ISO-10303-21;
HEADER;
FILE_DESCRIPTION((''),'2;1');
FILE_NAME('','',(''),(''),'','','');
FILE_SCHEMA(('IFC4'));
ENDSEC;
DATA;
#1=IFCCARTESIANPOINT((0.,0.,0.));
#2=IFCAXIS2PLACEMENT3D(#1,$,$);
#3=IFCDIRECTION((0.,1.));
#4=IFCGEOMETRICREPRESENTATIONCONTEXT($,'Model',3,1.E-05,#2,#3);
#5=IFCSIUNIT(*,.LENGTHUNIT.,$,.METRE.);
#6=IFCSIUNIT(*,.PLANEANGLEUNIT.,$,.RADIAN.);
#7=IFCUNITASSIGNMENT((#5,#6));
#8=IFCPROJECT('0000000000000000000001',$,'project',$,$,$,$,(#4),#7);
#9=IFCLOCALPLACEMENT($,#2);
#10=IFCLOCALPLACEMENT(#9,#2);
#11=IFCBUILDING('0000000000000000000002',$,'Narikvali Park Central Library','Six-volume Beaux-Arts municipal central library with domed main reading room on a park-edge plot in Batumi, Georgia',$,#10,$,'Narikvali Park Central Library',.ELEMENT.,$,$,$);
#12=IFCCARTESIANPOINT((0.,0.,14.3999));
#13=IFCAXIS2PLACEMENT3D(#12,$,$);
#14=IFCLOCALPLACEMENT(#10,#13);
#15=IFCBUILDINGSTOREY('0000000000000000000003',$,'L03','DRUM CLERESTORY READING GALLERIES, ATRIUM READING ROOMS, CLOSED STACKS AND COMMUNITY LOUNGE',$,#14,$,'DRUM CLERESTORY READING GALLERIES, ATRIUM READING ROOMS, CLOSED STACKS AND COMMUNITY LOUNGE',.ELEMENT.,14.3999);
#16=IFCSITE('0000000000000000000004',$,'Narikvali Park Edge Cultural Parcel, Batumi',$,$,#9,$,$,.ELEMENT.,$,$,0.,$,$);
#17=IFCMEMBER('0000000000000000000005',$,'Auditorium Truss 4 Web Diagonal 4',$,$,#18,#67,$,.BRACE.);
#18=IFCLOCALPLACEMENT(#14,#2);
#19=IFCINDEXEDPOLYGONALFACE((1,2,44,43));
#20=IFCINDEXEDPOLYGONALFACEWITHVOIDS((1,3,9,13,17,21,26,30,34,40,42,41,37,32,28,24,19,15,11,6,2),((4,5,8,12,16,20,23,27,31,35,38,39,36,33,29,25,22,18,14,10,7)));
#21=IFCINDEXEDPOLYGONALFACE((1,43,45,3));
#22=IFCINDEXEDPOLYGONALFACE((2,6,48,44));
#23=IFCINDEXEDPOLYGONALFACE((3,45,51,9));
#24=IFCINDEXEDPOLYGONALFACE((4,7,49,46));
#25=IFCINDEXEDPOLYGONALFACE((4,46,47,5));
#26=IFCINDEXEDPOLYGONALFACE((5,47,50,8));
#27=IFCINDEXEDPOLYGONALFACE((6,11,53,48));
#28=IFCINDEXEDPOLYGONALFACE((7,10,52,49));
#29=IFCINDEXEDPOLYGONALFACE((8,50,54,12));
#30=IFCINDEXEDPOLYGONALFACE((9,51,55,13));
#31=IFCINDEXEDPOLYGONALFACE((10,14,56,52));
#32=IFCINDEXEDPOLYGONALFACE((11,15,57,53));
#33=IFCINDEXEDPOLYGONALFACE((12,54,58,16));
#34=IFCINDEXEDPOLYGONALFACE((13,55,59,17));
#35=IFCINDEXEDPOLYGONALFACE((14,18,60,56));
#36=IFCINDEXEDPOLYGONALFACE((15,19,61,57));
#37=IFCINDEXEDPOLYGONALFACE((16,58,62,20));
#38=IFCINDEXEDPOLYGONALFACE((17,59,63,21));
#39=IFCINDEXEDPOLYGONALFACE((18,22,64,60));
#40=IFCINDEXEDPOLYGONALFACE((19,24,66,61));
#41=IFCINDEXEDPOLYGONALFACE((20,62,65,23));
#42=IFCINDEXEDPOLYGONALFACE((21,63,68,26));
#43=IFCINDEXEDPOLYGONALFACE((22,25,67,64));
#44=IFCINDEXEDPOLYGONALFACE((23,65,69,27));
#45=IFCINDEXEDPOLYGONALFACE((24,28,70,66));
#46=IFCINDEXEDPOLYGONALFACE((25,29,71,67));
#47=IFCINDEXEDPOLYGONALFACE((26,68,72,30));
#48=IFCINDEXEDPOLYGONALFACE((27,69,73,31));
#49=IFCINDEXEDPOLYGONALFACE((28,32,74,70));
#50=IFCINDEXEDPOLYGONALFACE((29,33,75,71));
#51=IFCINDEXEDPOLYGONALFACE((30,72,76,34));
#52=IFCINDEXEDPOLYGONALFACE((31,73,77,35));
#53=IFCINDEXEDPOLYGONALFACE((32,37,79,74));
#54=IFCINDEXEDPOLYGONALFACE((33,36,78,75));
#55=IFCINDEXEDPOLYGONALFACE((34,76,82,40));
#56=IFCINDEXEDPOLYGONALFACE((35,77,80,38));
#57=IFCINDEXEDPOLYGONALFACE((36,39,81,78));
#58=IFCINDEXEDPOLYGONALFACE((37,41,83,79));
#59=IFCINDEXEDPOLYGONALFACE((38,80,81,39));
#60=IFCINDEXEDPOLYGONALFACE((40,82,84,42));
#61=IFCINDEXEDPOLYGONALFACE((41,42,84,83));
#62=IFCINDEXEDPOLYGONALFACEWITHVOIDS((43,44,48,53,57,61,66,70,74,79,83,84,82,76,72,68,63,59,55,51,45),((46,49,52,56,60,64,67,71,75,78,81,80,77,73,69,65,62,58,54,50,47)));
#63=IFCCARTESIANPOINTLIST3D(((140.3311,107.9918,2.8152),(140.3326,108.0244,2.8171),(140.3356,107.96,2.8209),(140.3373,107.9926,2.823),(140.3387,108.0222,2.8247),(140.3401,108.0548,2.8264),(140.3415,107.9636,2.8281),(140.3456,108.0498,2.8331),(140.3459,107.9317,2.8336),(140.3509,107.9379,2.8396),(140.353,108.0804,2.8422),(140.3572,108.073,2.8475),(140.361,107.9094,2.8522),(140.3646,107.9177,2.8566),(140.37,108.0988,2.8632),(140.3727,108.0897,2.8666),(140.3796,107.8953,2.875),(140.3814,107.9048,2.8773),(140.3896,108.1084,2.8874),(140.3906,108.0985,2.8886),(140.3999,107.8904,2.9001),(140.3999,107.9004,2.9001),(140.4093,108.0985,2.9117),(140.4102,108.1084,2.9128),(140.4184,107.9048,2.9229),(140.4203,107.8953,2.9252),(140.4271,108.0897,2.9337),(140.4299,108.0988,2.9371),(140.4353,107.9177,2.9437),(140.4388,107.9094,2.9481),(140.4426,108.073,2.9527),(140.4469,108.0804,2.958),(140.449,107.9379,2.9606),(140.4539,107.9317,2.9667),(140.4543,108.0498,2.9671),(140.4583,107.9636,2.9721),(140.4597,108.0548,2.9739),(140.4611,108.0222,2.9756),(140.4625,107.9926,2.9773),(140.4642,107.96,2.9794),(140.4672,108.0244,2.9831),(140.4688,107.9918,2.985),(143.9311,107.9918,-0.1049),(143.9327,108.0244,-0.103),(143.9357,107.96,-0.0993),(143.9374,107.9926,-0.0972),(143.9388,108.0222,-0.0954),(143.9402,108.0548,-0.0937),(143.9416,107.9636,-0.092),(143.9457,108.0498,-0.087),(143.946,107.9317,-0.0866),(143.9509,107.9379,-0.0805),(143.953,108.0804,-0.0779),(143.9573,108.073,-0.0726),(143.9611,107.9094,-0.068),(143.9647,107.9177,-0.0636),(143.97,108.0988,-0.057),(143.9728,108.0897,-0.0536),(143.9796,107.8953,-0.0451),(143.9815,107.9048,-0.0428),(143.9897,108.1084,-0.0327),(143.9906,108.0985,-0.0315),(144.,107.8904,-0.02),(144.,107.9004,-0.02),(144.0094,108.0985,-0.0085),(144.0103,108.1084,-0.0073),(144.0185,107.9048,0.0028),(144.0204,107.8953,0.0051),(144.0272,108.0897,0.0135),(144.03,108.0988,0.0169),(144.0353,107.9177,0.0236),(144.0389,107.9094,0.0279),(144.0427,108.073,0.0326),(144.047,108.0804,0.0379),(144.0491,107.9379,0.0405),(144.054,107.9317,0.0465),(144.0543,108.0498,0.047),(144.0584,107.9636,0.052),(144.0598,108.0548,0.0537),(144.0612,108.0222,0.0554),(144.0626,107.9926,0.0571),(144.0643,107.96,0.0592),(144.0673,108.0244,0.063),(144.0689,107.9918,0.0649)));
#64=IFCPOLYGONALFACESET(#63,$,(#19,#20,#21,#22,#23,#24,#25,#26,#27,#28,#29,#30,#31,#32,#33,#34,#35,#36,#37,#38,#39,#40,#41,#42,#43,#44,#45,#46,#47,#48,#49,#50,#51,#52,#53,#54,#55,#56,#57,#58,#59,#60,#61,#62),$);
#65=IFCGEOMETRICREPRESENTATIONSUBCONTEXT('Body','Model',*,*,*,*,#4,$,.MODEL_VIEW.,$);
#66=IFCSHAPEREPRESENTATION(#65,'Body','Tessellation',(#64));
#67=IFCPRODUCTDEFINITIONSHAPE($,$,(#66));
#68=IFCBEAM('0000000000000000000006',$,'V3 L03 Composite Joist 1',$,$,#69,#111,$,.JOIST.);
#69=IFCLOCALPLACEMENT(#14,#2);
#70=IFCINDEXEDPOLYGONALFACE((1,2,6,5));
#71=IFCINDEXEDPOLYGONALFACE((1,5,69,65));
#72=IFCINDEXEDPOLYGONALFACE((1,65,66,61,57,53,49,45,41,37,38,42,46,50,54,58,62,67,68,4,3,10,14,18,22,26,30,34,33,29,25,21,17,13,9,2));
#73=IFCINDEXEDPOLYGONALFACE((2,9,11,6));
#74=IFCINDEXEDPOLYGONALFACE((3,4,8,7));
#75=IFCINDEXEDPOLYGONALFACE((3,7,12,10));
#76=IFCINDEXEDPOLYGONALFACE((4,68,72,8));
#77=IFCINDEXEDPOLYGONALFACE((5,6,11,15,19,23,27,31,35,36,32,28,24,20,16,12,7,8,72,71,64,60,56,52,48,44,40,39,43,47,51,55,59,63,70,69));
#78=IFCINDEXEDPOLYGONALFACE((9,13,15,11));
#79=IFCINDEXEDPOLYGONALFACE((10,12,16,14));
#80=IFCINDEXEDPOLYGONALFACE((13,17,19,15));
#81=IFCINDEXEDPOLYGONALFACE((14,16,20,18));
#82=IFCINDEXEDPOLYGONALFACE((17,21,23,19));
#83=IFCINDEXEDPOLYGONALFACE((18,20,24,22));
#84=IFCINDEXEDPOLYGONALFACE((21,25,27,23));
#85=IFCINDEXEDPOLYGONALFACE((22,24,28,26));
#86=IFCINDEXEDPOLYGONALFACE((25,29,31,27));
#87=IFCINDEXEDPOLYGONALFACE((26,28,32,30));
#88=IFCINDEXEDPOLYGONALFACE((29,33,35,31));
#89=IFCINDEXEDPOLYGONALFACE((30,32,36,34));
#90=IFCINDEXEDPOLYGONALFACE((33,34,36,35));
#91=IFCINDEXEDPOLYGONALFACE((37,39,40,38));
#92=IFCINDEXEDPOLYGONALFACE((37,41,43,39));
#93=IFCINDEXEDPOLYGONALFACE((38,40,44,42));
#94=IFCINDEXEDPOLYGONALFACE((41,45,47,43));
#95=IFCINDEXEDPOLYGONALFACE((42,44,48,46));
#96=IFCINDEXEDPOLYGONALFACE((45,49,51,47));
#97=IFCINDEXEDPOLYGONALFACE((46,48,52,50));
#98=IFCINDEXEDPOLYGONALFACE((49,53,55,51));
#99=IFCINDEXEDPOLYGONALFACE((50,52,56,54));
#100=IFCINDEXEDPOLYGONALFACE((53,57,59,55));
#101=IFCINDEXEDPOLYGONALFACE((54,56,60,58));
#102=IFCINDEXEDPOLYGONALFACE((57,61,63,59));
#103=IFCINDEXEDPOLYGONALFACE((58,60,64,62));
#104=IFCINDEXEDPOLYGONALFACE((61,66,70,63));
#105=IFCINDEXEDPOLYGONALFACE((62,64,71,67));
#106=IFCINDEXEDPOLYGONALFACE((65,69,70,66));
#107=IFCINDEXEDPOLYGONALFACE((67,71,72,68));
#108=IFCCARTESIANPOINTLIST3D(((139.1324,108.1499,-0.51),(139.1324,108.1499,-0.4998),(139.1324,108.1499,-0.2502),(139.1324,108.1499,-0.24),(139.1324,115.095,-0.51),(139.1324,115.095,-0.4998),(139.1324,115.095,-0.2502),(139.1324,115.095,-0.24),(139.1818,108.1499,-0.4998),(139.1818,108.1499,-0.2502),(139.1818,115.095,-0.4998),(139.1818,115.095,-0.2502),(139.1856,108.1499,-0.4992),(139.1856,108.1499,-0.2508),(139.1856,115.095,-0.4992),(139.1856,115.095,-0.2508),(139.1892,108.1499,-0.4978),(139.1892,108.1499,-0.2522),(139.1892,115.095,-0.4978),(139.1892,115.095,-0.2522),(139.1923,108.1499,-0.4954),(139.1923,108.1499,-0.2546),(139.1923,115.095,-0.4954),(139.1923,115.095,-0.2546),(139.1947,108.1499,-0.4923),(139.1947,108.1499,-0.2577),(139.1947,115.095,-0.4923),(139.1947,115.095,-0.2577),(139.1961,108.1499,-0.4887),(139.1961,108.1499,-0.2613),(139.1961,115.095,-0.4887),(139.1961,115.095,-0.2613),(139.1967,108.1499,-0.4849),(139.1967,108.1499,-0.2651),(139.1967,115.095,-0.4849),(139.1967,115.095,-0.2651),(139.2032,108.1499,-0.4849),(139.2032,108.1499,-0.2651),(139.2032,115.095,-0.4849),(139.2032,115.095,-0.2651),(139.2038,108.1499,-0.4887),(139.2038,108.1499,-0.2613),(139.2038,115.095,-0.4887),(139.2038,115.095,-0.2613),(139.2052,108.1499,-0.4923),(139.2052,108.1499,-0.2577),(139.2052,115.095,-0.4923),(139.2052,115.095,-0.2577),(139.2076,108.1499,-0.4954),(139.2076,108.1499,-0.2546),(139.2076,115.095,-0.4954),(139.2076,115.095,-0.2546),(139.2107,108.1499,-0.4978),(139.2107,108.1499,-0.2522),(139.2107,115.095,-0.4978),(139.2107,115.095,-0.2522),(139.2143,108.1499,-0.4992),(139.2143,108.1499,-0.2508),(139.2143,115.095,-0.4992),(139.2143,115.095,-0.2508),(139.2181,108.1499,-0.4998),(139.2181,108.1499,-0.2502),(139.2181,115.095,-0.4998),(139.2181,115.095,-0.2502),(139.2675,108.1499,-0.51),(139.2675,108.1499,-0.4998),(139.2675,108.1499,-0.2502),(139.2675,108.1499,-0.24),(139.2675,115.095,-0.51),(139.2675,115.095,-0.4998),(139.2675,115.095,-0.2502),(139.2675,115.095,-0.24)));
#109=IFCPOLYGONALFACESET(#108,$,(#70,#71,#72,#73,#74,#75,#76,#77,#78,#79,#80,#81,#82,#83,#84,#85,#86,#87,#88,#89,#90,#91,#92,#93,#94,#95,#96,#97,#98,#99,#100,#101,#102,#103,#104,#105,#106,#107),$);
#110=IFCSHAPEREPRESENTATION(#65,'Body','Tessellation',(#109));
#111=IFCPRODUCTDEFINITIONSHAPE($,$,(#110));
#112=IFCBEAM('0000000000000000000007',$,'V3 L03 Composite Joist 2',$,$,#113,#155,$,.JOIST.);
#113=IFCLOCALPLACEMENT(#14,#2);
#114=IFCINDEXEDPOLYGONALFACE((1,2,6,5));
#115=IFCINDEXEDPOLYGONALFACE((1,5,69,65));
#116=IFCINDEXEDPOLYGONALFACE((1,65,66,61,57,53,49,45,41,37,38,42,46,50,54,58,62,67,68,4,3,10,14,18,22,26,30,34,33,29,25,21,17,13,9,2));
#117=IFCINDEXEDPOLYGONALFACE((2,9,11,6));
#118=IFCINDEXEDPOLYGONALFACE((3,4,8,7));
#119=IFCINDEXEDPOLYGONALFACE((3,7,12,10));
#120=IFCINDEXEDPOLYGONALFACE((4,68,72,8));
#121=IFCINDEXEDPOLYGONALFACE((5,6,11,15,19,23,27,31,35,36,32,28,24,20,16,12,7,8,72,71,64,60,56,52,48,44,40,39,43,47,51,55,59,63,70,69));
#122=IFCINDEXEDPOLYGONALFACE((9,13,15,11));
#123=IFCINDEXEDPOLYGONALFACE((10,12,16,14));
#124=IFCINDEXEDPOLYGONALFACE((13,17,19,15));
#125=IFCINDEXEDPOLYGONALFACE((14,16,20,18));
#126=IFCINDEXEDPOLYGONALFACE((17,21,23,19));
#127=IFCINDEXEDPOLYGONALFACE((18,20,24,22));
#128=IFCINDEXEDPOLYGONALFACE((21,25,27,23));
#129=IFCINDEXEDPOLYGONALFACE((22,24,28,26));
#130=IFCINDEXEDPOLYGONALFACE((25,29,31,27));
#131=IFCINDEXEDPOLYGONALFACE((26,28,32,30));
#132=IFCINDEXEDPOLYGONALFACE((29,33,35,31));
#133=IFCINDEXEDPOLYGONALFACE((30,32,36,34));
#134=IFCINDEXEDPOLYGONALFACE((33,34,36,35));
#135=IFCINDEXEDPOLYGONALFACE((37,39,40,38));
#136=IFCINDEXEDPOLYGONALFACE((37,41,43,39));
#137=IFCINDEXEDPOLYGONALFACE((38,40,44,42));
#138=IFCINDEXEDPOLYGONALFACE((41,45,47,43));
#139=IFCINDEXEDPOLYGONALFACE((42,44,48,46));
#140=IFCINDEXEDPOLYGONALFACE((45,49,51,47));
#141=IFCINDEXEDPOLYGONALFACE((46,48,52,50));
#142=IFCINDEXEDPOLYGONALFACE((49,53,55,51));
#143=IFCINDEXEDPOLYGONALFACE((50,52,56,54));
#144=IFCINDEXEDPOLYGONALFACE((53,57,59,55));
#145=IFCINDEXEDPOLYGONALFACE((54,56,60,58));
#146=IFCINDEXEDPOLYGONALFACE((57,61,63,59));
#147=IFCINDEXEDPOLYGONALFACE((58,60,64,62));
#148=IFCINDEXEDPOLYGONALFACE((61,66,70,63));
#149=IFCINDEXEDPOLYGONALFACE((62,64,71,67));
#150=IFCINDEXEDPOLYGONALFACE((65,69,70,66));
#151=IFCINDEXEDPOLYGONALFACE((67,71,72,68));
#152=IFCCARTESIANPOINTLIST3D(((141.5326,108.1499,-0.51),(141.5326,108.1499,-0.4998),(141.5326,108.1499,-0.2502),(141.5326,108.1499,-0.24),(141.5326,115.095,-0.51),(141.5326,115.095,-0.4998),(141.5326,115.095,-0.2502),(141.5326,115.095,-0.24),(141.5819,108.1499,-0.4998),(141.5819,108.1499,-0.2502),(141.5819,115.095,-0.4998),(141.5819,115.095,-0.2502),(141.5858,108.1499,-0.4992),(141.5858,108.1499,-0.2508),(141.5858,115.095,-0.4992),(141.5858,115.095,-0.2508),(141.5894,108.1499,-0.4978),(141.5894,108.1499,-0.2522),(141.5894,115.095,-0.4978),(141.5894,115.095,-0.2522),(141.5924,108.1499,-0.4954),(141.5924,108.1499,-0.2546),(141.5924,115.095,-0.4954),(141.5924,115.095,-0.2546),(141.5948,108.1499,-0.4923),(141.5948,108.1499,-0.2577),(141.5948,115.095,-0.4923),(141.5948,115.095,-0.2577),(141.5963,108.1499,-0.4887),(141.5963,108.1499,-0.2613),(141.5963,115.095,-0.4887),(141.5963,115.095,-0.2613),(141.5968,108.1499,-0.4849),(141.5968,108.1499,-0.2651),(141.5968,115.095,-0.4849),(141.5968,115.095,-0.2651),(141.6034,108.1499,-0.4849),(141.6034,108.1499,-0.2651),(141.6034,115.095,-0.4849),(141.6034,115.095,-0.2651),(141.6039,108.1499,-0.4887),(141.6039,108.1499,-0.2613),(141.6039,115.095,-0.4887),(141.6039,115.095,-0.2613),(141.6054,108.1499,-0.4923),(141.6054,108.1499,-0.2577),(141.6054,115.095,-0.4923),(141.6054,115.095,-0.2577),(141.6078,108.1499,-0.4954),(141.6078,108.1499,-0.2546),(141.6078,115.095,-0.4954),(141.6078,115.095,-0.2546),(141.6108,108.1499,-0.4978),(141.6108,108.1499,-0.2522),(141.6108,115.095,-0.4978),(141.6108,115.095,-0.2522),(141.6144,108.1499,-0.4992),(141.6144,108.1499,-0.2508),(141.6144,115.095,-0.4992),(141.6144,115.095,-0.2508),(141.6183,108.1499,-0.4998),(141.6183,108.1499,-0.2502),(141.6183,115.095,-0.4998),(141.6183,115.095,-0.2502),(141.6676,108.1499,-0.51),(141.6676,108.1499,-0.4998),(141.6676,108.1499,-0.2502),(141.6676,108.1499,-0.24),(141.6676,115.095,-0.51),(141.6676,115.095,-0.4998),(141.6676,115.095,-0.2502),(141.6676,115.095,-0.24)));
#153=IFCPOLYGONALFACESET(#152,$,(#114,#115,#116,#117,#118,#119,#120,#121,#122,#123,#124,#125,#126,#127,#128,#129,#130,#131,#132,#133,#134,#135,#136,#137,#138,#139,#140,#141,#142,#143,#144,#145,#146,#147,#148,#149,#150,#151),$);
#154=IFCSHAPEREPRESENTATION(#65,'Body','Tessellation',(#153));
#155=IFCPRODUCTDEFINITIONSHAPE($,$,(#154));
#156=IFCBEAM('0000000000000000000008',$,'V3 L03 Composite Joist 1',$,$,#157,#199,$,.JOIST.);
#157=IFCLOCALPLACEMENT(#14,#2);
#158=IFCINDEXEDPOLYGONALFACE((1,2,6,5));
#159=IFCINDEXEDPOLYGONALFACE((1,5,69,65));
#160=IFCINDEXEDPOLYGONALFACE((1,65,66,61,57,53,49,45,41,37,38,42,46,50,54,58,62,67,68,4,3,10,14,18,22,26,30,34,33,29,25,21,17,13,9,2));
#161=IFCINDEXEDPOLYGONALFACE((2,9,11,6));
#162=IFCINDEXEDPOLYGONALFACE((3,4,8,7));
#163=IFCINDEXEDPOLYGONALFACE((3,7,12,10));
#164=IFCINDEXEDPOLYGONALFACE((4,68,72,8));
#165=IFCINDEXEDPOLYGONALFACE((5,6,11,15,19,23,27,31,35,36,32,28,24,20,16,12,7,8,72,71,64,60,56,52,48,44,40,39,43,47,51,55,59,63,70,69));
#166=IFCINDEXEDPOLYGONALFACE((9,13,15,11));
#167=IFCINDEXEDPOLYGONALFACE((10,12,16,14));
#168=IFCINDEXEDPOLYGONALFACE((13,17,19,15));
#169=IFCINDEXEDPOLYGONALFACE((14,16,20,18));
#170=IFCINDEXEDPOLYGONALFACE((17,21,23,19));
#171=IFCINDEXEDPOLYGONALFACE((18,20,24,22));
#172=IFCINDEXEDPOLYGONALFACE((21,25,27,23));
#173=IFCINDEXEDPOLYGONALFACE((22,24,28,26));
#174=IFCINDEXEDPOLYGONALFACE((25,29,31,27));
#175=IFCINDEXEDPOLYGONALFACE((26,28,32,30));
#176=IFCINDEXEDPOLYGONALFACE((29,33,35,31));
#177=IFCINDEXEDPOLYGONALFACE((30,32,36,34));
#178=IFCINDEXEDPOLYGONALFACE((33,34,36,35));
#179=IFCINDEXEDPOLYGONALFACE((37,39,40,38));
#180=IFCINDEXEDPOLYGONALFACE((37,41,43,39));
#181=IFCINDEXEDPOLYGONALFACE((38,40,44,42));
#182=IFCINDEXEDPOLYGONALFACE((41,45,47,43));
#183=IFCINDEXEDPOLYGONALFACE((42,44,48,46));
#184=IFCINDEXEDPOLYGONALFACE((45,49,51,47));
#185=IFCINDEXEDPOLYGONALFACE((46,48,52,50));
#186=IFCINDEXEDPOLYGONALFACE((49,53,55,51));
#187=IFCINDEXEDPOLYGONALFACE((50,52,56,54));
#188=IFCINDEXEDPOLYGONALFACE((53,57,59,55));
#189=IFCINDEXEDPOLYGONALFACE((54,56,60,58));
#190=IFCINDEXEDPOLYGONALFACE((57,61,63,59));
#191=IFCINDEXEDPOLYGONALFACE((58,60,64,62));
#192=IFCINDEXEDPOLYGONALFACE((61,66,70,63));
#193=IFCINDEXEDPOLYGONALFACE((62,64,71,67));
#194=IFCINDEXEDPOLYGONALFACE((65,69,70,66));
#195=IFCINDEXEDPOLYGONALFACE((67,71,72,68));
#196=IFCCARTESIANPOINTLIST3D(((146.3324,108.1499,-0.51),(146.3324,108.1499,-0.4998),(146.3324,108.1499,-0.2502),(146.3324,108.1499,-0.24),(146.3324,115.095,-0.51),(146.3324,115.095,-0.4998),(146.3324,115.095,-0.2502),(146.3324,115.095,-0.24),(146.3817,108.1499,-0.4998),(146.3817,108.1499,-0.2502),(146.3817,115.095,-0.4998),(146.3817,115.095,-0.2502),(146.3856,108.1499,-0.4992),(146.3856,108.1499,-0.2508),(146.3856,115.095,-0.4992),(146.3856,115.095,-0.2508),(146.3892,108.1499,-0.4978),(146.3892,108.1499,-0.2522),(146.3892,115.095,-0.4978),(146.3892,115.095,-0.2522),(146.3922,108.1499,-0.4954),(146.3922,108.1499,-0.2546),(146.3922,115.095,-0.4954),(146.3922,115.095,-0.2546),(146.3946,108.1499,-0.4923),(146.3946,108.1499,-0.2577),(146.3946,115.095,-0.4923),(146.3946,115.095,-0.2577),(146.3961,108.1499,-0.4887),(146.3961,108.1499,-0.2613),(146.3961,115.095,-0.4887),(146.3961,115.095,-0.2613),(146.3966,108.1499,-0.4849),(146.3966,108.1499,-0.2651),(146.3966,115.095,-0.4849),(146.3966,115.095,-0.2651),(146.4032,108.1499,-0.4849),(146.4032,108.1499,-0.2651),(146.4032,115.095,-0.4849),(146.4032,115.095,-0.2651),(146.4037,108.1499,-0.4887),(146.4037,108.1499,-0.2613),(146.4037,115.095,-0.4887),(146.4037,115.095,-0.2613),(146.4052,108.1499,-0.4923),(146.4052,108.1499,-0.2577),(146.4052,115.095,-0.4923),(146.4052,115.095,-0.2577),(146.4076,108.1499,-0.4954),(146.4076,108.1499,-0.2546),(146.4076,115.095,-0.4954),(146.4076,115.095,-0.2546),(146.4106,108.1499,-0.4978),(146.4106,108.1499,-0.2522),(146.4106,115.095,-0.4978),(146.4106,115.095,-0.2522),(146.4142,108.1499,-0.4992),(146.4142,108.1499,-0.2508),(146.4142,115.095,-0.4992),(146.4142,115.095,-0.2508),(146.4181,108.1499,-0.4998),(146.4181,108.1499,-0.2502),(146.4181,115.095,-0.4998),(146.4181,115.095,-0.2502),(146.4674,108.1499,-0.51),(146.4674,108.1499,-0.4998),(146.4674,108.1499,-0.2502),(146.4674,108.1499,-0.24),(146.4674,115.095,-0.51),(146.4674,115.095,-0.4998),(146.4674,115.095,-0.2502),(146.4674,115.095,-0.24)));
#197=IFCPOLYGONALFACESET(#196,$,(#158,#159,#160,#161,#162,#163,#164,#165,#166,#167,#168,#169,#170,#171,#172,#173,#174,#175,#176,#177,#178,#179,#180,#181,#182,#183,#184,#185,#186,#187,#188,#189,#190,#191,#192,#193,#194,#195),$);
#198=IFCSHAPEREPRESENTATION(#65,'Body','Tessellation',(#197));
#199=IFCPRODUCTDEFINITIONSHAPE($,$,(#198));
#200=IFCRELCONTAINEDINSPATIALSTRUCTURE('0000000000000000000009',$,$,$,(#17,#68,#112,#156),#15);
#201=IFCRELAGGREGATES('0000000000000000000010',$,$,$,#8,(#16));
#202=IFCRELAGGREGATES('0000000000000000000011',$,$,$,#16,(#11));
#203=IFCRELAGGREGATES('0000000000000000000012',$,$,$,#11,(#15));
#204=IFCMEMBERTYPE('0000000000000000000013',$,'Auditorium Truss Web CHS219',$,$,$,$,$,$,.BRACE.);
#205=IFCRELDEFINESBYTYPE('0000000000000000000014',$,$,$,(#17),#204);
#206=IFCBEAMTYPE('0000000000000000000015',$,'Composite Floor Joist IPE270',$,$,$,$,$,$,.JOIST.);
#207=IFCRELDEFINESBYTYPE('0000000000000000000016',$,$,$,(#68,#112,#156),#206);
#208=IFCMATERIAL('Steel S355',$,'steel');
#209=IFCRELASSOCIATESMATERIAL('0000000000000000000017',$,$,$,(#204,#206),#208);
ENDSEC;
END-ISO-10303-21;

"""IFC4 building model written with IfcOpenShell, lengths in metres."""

from ifc_helpers import new_model, si_unit, direction, frame, origin, origin_2d, place, context, subcontext, project, spatial, hollow_circle, i_section, extrude, material, material_profile, profile_set, type_object, element, save


model = new_model("IFC4")

# Units and contexts
model_context = context("Model", 3, precision=1e-05, world=origin(), true_north=direction((0.0, 1.0)))
body_context = subcontext(model_context, "Body", "Model", "MODEL_VIEW")
ifc_project = project(units=[si_unit("LENGTHUNIT", "METRE"), si_unit("PLANEANGLEUNIT", "RADIAN")], contexts=[model_context])

# Site, building, storey
site_placement = place(None, origin())
site = spatial("IfcSite", under=ifc_project, at=site_placement, Name="Narikvali Park Edge Cultural Parcel, Batumi", CompositionType="ELEMENT", RefElevation=0.0)
building_placement = place(site_placement, origin())
building = spatial("IfcBuilding", under=site, at=building_placement, Name="Narikvali Park Central Library", Description="Six-volume Beaux-Arts municipal central library with domed main reading room on a park-edge plot in Batumi, Georgia", LongName="Narikvali Park Central Library", CompositionType="ELEMENT")
storey_placement = place(building_placement, frame((0.0, 0.0, 14.3999)))
storey = spatial("IfcBuildingStorey", under=building, at=storey_placement, Name="L03", Description="DRUM CLERESTORY READING GALLERIES, ATRIUM READING ROOMS, CLOSED STACKS AND COMMUNITY LOUNGE", LongName="DRUM CLERESTORY READING GALLERIES, ATRIUM READING ROOMS, CLOSED STACKS AND COMMUNITY LOUNGE", CompositionType="ELEMENT", Elevation=14.3999)

# Member
ifc_material = material(Name="Steel S355", Category="steel")
ifc_material_profile_1 = material_profile(ifc_material, hollow_circle(Radius=0.1096, WallThickness=0.01, at=origin_2d()), Name="CHS 219.1x10")
ifc_profile_set_1 = profile_set([ifc_material_profile_1], Name="Steel S355")
member_type_1 = type_object("IfcMemberType", Name="Auditorium Truss Web CHS219", PredefinedType="BRACE", material=ifc_profile_set_1)
member_1_placement = place(storey_placement, frame((144.0, 108.0, -0.02), z_axis=(-0.776632, 0.0, 0.629954), x_axis=(0.0, -1.0, 0.0)))
element("IfcMember", 1, at=member_1_placement, inside=storey, type_object=member_type_1, Name="Auditorium Truss 4 Web Diagonal 4", PredefinedType="BRACE", context=body_context, shape_type="SweptSolid", body=[
    extrude(hollow_circle(Radius=0.1096, WallThickness=0.01, at=origin_2d()), origin(), (0.0, 0.0, 1.0), 4.6355),
])

# Beams
ifc_material_profile_2 = material_profile(ifc_material, i_section(OverallWidth=0.135, OverallDepth=0.27, WebThickness=0.0066, FlangeThickness=0.0103, FilletRadius=0.0149, at=origin_2d()), Name="IPE 270")
ifc_profile_set_2 = profile_set([ifc_material_profile_2], Name="Steel S355")
beam_type_1 = type_object("IfcBeamType", Name="Composite Floor Joist IPE270", PredefinedType="JOIST", material=ifc_profile_set_2)
for number, where, z_axis, x_axis, name in (
    (2, (139.2, 108.1499, -0.375), (0.0, 1.0, 0.0), (-1.0, 0.0, 0.0), "V3 L03 Composite Joist 1"),
    (3, (141.6001, 108.1499, -0.375), (0.0, 1.0, 0.0), (-1.0, 0.0, 0.0), "V3 L03 Composite Joist 2"),
    (4, (146.3999, 108.1499, -0.375), (0.0, 1.0, 0.0), (-1.0, 0.0, 0.0), "V3 L03 Composite Joist 1"),
):
    element("IfcBeam", number, at=place(storey_placement, frame(where, z_axis=z_axis, x_axis=x_axis)), inside=storey, type_object=beam_type_1, Name=name, PredefinedType="JOIST", context=body_context, shape_type="SweptSolid", body=[
        extrude(i_section(OverallWidth=0.135, OverallDepth=0.27, WebThickness=0.0066, FlangeThickness=0.0103, FilletRadius=0.0149, at=origin_2d()), origin(), (0.0, 0.0, 1.0), 6.9451),
    ])

save(model, "model.ifc")
